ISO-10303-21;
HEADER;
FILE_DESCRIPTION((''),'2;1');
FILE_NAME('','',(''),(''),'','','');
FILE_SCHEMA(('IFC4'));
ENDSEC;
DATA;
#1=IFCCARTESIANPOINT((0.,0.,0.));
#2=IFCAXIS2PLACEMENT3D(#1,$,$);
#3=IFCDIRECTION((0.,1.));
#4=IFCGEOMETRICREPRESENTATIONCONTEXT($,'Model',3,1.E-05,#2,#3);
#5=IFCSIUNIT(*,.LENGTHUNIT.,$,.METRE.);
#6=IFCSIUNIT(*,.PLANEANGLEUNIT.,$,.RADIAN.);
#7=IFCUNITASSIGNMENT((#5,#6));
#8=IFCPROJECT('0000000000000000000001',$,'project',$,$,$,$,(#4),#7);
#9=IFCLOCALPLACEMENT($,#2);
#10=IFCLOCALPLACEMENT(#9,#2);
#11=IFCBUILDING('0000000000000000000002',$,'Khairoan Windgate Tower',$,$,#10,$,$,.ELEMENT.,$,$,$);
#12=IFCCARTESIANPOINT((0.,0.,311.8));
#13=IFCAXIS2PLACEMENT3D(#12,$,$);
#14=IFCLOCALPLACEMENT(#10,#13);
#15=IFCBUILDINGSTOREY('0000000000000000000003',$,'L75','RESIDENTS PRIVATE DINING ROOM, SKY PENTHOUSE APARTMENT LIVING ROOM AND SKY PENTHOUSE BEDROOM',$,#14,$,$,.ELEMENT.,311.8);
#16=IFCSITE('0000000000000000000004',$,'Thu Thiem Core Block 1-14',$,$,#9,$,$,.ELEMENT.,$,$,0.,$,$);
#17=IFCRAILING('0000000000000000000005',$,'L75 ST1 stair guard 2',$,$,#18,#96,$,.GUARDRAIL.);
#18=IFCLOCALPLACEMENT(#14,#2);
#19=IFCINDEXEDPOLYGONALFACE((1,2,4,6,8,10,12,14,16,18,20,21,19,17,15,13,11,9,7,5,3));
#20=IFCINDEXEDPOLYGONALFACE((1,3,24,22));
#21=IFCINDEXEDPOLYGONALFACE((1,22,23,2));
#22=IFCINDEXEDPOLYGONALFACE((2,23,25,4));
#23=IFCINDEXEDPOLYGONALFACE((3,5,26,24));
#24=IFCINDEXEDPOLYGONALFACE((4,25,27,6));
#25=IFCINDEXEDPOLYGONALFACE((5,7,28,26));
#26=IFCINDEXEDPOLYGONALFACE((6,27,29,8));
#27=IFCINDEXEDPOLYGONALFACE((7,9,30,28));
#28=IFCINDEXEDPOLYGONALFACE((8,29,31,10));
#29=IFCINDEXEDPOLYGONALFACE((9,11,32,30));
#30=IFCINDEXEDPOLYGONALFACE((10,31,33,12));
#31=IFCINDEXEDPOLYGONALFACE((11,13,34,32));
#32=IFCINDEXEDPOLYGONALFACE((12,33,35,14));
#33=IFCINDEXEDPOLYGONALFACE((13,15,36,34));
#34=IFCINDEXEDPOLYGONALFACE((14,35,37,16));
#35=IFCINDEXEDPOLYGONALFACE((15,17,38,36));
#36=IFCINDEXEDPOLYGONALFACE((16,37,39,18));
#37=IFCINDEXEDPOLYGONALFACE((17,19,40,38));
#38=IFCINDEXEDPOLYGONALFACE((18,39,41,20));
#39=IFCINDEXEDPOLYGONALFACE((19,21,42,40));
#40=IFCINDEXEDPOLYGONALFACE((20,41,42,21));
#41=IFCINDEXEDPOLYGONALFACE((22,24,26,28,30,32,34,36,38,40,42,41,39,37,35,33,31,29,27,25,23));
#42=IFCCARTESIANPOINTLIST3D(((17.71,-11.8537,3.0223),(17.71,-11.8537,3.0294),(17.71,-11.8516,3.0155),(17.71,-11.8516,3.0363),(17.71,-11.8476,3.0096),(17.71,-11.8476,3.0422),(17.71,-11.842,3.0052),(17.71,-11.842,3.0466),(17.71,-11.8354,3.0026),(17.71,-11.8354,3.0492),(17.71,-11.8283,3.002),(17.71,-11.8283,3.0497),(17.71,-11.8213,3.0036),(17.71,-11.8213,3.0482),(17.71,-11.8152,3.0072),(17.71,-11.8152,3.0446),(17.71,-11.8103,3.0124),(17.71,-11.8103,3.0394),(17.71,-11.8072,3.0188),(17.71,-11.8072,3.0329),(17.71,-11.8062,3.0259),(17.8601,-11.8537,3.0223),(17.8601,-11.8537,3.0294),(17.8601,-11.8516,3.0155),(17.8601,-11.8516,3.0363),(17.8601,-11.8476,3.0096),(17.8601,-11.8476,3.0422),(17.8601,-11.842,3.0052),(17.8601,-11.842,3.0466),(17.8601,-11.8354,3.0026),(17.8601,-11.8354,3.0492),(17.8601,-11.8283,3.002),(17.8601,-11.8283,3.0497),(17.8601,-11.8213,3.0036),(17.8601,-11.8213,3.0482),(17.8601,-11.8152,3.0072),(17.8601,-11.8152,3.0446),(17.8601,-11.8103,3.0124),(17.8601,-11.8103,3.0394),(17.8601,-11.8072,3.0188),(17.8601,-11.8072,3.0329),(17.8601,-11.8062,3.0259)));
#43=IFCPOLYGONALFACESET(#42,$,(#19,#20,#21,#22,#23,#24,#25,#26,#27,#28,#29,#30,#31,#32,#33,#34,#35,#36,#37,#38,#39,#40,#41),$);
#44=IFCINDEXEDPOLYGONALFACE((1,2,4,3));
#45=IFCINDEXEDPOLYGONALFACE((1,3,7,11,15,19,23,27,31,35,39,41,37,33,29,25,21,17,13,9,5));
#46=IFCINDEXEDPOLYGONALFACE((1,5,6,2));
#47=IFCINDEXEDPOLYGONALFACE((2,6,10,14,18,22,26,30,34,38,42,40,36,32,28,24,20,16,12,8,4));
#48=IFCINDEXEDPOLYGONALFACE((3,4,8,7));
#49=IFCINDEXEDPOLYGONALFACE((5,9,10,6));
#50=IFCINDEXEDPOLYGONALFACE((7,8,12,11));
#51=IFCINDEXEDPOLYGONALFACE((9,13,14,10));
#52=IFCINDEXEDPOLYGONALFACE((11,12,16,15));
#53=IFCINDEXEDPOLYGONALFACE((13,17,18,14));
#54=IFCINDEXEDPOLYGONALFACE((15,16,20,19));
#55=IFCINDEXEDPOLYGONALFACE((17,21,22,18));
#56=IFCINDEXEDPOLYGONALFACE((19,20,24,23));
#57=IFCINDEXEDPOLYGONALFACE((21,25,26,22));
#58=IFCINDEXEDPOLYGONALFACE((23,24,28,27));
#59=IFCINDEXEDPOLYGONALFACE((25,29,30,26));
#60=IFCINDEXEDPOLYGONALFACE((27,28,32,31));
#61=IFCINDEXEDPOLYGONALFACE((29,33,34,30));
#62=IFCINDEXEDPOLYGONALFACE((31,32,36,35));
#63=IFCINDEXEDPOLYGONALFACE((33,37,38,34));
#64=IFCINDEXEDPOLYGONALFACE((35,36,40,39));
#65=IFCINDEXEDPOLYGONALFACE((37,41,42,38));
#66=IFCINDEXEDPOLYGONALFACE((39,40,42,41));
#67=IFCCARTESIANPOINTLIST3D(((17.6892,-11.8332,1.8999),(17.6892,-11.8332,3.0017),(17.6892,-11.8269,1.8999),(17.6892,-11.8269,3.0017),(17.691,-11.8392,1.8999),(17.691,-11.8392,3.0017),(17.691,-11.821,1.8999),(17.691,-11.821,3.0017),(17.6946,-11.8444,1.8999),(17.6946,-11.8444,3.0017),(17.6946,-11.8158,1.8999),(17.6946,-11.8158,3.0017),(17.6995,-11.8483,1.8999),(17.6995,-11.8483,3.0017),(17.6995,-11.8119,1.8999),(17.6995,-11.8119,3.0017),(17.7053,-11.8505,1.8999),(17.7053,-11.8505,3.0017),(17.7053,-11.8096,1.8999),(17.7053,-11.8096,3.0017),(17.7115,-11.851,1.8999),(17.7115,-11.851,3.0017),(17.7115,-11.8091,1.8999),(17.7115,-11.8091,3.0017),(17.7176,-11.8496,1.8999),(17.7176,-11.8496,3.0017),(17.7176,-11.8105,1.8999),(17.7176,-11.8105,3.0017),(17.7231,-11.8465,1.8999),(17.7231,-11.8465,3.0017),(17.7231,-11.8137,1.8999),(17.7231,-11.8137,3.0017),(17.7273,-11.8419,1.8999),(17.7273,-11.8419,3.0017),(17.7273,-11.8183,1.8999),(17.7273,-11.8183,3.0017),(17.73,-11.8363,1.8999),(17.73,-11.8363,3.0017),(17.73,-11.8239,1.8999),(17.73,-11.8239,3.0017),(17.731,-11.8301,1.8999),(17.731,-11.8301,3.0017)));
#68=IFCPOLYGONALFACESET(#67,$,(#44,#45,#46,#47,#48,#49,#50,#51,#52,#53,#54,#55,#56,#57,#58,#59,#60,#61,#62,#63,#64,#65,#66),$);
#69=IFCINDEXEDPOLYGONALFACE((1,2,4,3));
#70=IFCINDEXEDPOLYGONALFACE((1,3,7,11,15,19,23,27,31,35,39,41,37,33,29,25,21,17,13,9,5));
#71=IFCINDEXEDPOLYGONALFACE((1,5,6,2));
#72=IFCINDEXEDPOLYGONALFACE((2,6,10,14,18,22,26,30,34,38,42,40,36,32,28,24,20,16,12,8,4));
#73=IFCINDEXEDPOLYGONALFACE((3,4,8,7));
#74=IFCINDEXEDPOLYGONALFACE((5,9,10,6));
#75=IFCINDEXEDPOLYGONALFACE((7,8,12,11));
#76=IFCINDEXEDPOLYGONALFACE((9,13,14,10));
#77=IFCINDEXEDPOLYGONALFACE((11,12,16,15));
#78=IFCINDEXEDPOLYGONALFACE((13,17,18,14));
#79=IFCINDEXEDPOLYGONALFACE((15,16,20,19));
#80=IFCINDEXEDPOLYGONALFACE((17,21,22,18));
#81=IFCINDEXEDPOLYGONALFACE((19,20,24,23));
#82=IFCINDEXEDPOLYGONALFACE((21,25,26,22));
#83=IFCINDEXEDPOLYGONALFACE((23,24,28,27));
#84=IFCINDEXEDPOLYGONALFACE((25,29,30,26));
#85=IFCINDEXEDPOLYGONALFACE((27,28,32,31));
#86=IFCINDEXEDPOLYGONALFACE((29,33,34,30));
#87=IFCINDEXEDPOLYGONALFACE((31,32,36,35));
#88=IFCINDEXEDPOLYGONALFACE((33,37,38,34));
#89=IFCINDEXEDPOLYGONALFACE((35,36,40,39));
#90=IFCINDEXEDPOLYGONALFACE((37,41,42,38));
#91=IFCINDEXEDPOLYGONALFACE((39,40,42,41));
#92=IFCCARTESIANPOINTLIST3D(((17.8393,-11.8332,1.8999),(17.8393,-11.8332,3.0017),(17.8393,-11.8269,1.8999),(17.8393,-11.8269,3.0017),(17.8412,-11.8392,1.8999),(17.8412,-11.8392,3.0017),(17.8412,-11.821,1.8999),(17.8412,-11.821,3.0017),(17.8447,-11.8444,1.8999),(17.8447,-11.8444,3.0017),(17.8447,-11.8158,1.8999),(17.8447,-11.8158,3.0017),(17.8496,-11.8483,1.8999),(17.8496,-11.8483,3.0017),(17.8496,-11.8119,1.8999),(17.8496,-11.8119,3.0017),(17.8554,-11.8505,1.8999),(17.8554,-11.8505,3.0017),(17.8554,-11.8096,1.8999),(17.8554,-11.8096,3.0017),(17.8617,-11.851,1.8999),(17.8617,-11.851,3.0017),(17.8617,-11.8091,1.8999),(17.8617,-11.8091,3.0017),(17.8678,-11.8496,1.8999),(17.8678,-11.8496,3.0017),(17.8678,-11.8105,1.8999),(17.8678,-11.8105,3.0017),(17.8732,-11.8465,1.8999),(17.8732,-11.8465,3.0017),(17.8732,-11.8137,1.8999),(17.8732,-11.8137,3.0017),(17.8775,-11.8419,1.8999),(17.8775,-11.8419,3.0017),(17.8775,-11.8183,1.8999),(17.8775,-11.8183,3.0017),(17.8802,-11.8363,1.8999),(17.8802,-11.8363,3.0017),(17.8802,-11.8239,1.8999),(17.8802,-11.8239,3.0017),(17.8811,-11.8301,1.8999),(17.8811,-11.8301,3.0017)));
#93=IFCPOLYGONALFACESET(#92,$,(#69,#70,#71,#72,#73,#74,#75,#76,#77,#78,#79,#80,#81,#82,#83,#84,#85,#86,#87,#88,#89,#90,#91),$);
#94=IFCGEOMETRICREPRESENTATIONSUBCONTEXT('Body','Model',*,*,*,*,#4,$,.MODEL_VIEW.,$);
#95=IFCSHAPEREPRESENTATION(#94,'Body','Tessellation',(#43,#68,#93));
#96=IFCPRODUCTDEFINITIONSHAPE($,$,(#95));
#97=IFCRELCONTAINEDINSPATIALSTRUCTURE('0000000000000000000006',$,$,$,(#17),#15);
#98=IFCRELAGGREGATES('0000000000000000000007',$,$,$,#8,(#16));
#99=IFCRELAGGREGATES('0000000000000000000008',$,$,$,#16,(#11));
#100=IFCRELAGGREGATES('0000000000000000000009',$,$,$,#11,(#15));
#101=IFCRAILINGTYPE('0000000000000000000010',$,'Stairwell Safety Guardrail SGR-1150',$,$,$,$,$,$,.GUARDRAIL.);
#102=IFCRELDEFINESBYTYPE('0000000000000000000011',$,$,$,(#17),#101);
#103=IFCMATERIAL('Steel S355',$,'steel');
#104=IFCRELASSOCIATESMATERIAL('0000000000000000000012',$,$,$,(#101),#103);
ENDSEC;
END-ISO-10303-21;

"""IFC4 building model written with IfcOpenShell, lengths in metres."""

from ifc_helpers import new_model, si_unit, direction, frame, origin, origin_2d, place, context, subcontext, project, spatial, circle, extrude, material, type_object, element, save


model = new_model("IFC4")

# Units and contexts
model_context = context("Model", 3, precision=1e-05, world=origin(), true_north=direction((0.0, 1.0)))
body_context = subcontext(model_context, "Body", "Model", "MODEL_VIEW")
ifc_project = project(units=[si_unit("LENGTHUNIT", "METRE"), si_unit("PLANEANGLEUNIT", "RADIAN")], contexts=[model_context])

# Site, building, storey
site_placement = place(None, origin())
site = spatial("IfcSite", under=ifc_project, at=site_placement, Name="Thu Thiem Core Block 1-14", CompositionType="ELEMENT", RefElevation=0.0)
building_placement = place(site_placement, origin())
building = spatial("IfcBuilding", under=site, at=building_placement, Name="Khairoan Windgate Tower", CompositionType="ELEMENT")
storey_placement = place(building_placement, frame((0.0, 0.0, 311.8)))
storey = spatial("IfcBuildingStorey", under=building, at=storey_placement, Name="L75", Description="RESIDENTS PRIVATE DINING ROOM, SKY PENTHOUSE APARTMENT LIVING ROOM AND SKY PENTHOUSE BEDROOM", CompositionType="ELEMENT", Elevation=311.8)

# Railing
ifc_material_1 = material(Name="Steel S355", Category="steel")
railing_type_1 = type_object("IfcRailingType", Name="Stairwell Safety Guardrail SGR-1150", PredefinedType="GUARDRAIL", material=ifc_material_1)
railing_1_placement = place(storey_placement, frame((17.71, -11.8301, 1.8999)))
element("IfcRailing", 1, at=railing_1_placement, inside=storey, type_object=railing_type_1, Name="L75 ST1 stair guard 2", PredefinedType="GUARDRAIL", context=body_context, shape_type="SweptSolid", body=[
    extrude(circle(Radius=0.0239, at=origin_2d()), frame((0.0, 0.0, 1.126), z_axis=(1.0, 0.0, 0.0), x_axis=(0.0, 1.0, 0.0)), (0.0, 0.0, 1.0), 0.1501),
    extrude(circle(Radius=0.021, at=origin_2d()), origin(), (0.0, 0.0, 1.0), 1.1018),
    extrude(circle(Radius=0.021, at=origin_2d()), frame((0.1501, 0.0, 0.0)), (0.0, 0.0, 1.0), 1.1018),
])

save(model, "model.ifc")
